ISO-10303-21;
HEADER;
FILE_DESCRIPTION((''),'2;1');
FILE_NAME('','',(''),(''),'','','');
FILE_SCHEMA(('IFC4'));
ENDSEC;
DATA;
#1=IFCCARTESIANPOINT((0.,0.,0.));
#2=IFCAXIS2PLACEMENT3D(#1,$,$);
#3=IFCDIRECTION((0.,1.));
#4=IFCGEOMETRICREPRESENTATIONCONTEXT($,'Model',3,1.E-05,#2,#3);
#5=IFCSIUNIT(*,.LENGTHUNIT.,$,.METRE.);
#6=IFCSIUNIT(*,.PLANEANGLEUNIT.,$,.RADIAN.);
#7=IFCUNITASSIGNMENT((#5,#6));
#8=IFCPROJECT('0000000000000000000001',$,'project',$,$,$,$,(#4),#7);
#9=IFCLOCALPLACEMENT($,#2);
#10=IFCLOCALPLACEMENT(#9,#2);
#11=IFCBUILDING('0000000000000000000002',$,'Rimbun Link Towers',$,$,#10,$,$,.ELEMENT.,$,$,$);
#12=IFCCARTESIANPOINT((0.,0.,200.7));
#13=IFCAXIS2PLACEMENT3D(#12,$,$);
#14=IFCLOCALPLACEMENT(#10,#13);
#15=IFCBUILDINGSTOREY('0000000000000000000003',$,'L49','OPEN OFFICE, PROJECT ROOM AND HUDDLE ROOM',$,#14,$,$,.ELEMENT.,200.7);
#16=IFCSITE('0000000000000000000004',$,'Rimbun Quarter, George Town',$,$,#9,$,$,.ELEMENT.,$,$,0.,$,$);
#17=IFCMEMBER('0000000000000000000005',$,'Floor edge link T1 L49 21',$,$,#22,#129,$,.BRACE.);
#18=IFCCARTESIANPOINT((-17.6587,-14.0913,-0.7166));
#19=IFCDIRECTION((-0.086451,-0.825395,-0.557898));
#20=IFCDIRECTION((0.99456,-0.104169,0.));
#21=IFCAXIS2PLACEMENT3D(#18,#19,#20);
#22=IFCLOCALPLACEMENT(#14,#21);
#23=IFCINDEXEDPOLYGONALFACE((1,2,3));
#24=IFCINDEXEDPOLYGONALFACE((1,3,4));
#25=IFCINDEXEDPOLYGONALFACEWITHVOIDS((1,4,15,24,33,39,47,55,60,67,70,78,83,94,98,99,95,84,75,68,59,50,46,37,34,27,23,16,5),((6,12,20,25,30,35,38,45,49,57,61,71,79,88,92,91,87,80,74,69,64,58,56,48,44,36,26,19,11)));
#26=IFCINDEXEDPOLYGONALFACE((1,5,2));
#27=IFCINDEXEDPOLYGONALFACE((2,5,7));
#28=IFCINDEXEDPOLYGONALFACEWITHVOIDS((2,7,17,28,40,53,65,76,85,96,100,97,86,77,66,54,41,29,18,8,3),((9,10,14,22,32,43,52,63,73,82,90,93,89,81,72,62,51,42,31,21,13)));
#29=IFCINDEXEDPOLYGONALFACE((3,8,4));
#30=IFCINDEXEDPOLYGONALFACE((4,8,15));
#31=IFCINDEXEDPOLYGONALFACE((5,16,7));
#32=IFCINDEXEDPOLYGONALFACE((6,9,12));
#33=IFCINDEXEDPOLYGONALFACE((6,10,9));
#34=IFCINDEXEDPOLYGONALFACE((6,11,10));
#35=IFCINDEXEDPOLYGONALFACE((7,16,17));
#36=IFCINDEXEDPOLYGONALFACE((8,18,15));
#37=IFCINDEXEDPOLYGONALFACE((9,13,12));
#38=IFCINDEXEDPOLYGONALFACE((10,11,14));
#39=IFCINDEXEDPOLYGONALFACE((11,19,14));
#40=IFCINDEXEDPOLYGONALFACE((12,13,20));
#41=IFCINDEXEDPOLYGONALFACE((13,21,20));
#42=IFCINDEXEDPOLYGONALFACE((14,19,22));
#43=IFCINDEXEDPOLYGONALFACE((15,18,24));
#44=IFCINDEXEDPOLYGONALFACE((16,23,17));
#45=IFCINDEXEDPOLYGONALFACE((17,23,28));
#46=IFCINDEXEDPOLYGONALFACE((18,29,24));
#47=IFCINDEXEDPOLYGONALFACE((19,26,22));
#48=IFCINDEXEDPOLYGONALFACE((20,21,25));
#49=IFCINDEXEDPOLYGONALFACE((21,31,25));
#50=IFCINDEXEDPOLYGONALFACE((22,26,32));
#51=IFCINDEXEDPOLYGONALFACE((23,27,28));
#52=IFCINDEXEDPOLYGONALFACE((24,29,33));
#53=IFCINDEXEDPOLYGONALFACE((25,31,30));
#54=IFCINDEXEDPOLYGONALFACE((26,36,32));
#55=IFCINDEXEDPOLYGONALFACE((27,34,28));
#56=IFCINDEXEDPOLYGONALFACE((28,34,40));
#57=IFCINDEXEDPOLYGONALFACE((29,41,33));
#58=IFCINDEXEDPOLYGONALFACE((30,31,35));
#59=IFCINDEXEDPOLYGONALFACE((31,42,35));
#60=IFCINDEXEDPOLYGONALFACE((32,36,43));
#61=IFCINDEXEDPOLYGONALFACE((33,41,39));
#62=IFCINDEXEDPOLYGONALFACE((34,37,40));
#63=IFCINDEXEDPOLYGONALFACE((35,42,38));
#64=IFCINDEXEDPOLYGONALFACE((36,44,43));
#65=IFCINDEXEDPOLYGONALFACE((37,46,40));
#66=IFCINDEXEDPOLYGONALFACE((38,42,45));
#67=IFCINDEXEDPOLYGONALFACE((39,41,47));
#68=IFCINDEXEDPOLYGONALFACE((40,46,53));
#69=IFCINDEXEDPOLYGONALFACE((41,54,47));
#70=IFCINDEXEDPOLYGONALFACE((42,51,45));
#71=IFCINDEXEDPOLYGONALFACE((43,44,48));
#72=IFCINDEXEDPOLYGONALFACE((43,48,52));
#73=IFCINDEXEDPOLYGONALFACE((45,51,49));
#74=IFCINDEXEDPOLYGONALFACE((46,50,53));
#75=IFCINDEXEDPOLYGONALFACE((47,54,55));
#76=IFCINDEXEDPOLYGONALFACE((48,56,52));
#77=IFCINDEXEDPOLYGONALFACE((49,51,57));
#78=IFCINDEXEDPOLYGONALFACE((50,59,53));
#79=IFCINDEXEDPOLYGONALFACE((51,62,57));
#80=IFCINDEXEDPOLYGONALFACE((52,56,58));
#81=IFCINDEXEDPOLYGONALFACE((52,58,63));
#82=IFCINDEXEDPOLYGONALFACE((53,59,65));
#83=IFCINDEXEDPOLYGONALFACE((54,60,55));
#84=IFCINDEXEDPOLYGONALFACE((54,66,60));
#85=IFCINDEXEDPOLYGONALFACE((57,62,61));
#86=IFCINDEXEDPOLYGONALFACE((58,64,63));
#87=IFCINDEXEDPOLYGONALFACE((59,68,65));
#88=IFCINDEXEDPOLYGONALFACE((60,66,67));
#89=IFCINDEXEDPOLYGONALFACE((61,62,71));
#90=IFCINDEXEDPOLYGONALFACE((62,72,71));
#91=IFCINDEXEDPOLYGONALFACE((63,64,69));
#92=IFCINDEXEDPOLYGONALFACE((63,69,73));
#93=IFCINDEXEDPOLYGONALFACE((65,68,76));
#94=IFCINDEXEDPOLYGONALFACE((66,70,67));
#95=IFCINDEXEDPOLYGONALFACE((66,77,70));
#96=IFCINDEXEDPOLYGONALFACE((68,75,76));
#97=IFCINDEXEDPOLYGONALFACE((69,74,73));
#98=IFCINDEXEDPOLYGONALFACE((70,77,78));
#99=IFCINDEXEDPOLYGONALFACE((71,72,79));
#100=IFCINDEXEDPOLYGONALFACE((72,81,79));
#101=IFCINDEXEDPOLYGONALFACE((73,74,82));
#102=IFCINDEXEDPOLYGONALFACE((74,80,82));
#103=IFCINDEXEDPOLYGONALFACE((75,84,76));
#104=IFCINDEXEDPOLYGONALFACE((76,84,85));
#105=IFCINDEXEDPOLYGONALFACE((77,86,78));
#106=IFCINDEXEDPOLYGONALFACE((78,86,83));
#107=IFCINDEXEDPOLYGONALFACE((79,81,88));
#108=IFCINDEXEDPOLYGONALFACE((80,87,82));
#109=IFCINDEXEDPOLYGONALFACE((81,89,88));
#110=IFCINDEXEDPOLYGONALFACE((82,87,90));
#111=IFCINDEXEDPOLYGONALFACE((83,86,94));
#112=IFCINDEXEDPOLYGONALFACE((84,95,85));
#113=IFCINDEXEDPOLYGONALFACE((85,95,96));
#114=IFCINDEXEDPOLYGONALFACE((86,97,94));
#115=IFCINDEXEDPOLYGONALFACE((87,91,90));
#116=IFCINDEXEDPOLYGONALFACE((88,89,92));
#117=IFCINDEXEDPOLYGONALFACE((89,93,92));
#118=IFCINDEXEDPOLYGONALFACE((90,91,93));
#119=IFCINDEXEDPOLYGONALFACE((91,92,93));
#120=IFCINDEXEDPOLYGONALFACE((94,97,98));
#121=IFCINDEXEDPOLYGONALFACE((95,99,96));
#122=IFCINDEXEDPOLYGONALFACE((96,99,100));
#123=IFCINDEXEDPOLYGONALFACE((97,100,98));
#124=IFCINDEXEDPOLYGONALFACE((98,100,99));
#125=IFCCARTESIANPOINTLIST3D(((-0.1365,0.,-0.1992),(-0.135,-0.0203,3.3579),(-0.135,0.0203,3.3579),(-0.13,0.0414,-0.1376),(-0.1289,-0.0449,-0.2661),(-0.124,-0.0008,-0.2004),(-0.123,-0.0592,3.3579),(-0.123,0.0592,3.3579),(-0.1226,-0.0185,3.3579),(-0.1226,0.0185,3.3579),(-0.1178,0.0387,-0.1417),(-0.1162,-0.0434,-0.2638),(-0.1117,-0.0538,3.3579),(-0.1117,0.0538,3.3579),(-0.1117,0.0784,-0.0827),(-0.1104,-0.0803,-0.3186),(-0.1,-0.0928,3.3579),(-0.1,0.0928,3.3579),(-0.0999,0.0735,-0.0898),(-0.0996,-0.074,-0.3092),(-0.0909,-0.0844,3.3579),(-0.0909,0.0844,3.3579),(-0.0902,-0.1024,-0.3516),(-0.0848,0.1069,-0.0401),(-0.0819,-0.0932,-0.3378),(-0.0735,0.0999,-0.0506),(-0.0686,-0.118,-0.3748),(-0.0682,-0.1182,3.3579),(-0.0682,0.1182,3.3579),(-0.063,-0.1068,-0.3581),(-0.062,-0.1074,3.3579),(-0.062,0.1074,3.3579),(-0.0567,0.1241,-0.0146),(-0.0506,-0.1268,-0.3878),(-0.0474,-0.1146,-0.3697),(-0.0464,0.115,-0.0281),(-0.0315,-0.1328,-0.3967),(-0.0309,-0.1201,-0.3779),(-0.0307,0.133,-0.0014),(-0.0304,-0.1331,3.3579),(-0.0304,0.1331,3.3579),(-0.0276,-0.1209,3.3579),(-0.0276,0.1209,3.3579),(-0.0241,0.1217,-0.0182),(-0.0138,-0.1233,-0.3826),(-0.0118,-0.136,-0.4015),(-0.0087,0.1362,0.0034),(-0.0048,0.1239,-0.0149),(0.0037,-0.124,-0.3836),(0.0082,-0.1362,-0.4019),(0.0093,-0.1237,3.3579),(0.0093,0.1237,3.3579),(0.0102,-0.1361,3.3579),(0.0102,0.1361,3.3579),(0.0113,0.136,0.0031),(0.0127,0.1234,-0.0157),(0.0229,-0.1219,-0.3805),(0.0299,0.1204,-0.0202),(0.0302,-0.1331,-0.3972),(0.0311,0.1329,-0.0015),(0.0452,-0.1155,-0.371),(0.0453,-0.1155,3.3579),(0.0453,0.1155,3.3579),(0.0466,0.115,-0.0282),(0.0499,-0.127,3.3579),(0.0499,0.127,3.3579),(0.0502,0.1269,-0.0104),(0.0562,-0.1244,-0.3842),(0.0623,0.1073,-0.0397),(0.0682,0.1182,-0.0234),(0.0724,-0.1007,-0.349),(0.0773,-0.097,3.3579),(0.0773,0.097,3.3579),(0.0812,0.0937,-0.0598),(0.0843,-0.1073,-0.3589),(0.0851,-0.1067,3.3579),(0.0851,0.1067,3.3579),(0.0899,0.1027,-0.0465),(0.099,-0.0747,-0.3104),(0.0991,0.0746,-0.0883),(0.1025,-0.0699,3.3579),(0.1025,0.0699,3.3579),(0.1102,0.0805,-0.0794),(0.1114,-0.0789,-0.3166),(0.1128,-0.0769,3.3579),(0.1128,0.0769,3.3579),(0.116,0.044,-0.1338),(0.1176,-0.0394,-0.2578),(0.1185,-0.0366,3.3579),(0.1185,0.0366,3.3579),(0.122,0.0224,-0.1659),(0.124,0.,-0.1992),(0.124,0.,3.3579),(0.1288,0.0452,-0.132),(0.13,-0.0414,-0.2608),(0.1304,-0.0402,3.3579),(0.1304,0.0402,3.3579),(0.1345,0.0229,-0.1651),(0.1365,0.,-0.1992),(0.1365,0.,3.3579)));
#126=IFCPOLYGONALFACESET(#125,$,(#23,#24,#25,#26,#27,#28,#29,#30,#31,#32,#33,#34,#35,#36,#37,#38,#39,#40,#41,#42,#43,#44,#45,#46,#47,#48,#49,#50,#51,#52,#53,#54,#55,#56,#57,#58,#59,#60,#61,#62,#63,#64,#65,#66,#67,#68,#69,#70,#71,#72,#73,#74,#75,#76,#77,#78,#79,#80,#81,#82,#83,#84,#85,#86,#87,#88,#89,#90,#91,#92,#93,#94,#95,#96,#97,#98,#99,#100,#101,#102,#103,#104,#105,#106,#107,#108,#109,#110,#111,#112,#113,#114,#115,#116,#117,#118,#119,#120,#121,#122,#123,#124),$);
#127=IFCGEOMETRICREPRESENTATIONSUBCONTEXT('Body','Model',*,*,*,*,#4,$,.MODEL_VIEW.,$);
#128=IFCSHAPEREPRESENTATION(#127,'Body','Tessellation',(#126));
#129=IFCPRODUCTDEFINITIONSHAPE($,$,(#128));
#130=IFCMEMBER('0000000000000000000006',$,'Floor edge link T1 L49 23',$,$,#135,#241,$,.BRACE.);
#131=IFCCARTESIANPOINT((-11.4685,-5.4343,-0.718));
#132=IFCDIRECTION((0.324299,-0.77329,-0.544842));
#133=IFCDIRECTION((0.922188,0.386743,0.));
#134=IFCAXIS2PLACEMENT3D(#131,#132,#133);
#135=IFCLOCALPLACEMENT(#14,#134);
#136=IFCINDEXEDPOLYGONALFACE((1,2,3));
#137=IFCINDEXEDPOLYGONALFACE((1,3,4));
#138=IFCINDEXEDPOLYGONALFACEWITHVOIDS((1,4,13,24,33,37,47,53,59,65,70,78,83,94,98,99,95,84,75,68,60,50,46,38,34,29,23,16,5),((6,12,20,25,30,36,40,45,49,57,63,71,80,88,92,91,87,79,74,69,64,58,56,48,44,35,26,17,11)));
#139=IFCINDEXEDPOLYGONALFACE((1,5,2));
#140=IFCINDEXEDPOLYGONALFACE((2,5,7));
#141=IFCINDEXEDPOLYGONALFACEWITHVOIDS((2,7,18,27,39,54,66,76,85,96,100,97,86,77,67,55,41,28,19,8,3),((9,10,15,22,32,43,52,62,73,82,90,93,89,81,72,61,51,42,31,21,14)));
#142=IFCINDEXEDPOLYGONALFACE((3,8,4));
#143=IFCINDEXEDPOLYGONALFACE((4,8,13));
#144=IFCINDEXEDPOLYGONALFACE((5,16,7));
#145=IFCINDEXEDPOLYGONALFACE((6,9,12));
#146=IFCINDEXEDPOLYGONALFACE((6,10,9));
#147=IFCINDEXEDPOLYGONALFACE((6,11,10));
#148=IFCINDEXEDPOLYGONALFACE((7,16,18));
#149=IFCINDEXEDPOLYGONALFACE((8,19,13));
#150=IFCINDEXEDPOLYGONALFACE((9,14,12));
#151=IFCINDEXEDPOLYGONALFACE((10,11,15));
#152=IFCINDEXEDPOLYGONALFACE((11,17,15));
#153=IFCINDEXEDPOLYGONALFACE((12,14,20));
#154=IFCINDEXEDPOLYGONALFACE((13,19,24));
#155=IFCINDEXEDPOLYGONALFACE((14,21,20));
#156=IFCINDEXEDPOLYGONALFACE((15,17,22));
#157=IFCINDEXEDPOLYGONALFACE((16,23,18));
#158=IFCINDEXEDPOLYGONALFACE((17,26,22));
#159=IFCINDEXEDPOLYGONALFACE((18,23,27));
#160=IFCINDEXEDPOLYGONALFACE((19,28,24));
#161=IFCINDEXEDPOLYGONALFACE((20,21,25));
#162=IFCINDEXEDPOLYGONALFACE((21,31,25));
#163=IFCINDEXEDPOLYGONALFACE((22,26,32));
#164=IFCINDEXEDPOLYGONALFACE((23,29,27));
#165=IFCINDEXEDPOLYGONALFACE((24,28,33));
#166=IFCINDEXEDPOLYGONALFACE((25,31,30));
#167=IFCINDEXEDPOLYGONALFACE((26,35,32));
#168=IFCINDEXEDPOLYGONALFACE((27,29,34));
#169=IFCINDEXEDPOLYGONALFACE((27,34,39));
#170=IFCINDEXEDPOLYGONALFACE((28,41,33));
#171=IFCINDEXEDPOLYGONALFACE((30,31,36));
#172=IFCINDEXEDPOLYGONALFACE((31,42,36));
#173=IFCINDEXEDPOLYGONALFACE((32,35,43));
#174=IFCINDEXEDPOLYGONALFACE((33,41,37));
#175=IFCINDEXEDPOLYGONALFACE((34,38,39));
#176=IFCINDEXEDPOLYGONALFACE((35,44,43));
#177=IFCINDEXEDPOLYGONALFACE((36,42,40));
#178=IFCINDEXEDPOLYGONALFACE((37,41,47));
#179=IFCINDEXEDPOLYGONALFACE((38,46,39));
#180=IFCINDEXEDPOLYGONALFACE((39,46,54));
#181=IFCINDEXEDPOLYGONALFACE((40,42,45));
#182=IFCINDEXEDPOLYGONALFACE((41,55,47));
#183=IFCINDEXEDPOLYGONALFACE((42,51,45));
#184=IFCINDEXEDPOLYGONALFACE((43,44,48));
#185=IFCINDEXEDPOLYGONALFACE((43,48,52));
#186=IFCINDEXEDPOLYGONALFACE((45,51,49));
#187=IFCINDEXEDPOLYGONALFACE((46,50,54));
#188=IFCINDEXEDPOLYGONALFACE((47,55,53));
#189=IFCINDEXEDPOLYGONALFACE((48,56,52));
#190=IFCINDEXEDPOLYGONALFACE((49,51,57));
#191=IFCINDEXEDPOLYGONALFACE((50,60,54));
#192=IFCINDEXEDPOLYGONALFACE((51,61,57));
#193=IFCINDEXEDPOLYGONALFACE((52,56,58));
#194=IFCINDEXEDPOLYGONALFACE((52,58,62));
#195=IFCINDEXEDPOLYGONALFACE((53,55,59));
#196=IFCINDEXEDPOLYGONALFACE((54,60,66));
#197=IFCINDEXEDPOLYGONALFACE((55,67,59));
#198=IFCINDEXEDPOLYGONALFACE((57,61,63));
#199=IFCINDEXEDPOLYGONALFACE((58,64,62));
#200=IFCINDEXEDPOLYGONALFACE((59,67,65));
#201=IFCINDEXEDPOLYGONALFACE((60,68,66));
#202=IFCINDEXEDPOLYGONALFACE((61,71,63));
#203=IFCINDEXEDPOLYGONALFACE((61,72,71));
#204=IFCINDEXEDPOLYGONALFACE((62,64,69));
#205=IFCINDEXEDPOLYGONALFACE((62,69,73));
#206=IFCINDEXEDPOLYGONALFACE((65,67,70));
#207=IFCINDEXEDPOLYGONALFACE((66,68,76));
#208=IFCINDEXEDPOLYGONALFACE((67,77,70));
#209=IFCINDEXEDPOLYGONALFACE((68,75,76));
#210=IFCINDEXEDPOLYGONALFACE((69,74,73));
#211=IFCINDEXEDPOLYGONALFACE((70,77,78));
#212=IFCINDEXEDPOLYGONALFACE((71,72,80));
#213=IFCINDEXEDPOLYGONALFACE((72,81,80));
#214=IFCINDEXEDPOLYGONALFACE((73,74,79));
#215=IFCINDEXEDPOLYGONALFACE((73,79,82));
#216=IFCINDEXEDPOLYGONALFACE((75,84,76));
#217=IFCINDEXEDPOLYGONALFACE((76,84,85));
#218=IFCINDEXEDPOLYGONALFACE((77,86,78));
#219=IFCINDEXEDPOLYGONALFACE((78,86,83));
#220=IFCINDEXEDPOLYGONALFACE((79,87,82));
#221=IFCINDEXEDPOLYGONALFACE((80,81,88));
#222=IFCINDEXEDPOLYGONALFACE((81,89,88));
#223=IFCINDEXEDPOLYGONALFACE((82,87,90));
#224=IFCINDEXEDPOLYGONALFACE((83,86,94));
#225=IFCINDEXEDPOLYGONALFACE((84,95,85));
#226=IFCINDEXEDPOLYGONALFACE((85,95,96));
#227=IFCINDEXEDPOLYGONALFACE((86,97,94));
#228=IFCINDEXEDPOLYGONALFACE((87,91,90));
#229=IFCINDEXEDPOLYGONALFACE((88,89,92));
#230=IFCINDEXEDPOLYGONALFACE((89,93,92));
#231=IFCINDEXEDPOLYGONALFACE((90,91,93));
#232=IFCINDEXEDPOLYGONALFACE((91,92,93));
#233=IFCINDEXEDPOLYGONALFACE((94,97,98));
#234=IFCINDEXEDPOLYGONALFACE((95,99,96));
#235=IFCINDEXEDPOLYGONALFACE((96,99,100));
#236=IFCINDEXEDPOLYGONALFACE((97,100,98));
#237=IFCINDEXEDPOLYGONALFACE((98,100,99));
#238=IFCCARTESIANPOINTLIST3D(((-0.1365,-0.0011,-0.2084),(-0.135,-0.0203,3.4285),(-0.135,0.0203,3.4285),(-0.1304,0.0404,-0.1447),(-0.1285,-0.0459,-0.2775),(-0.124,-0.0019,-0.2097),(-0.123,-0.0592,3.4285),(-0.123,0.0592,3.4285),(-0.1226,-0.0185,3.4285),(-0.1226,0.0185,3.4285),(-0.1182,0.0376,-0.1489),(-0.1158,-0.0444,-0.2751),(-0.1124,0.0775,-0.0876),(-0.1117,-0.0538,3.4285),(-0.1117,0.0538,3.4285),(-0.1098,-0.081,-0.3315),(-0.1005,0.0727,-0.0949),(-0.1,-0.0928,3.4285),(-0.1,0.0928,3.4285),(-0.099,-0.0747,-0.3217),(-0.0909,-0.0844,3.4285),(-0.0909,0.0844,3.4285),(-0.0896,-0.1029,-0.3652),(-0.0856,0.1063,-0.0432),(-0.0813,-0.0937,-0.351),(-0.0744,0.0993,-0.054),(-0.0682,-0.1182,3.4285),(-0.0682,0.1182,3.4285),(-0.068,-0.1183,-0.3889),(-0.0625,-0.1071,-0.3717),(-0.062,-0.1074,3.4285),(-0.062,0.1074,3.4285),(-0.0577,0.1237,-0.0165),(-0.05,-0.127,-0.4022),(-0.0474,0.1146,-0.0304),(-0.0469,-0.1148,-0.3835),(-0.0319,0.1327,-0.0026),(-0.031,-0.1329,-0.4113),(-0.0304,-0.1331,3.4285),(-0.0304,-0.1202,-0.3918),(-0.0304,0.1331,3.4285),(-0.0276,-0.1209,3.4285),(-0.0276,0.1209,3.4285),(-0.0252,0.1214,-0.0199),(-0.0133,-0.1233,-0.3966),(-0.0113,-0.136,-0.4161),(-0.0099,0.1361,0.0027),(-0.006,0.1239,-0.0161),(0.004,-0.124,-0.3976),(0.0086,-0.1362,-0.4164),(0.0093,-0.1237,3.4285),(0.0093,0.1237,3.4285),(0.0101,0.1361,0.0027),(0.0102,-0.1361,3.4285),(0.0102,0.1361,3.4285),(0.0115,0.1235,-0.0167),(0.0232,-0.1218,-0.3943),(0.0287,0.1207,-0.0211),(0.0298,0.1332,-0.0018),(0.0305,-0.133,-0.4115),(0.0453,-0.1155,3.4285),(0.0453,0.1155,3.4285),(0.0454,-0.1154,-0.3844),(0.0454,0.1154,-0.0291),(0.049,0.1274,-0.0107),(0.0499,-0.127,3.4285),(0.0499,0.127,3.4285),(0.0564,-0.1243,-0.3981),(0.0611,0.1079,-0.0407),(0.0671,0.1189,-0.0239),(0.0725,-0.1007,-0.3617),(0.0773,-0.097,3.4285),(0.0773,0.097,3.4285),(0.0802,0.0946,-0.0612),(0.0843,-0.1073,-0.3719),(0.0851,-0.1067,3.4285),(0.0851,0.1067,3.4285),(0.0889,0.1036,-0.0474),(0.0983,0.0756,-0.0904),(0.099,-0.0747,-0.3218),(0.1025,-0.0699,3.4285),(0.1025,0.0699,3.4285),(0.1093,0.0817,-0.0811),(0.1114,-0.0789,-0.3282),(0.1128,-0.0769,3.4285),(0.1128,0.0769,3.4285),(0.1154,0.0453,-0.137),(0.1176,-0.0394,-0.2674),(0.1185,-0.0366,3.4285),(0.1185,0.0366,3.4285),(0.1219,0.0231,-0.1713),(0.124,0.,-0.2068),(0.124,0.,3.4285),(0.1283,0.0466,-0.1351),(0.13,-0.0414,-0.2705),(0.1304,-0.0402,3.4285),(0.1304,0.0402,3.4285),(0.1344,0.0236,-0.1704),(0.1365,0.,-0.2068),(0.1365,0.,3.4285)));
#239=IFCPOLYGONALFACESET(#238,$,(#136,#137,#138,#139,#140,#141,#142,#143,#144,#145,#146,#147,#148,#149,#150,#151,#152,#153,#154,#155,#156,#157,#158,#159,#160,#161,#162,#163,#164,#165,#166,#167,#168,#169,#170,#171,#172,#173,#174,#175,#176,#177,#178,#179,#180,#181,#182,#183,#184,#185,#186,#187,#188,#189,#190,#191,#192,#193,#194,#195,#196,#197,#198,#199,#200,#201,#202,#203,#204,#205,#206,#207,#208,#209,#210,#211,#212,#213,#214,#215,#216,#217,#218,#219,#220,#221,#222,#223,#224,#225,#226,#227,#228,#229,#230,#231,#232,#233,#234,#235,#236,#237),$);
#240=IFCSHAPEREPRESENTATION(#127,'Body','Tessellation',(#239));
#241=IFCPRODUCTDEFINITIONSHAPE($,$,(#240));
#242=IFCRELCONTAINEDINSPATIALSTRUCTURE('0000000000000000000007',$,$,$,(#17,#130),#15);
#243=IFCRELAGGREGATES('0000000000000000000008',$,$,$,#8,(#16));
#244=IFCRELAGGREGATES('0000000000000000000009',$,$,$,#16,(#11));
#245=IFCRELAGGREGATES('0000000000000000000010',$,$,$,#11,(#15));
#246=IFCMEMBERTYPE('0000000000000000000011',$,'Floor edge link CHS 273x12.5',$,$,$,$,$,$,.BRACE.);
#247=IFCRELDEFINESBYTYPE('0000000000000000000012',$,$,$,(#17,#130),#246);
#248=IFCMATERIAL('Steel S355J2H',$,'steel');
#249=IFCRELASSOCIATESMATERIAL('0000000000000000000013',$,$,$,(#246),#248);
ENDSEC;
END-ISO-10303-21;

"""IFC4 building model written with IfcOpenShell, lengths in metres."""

from ifc_helpers import new_model, si_unit, direction, frame, origin, origin_2d, place, context, subcontext, project, spatial, hollow_circle, extrude, clip, halfspace, material, material_profile, profile_set, type_object, element, save


model = new_model("IFC4")

# Units and contexts
model_context = context("Model", 3, precision=1e-05, world=origin(), true_north=direction((0.0, 1.0)))
body_context = subcontext(model_context, "Body", "Model", "MODEL_VIEW")
ifc_project = project(units=[si_unit("LENGTHUNIT", "METRE"), si_unit("PLANEANGLEUNIT", "RADIAN")], contexts=[model_context])

# Site, building, storey
site_placement = place(None, origin())
site = spatial("IfcSite", under=ifc_project, at=site_placement, Name="Rimbun Quarter, George Town", CompositionType="ELEMENT", RefElevation=0.0)
building_placement = place(site_placement, origin())
building = spatial("IfcBuilding", under=site, at=building_placement, Name="Rimbun Link Towers", CompositionType="ELEMENT")
storey_placement = place(building_placement, frame((0.0, 0.0, 200.7)))
storey = spatial("IfcBuildingStorey", under=building, at=storey_placement, Name="L49", Description="OPEN OFFICE, PROJECT ROOM AND HUDDLE ROOM", CompositionType="ELEMENT", Elevation=200.7)

# Members
ifc_material_1 = material(Name="Steel S355J2H", Category="steel")
ifc_material_profile_1 = material_profile(ifc_material_1, hollow_circle(Radius=0.1365, WallThickness=0.0125, at=origin_2d()), Name="CHS 273x12.5")
ifc_profile_set_1 = profile_set([ifc_material_profile_1], Name="Steel S355J2H")
member_type_1 = type_object("IfcMemberType", Name="Floor edge link CHS 273x12.5", PredefinedType="BRACE", material=ifc_profile_set_1)
member_1_placement = place(storey_placement, frame((-17.6587, -14.0913, -0.7166), z_axis=(-0.086451, -0.825395, -0.557898), x_axis=(0.99456, -0.104169, 0.0)))
element("IfcMember", 1, at=member_1_placement, inside=storey, type_object=member_type_1, Name="Floor edge link T1 L49 21", PredefinedType="BRACE", context=body_context, shape_type="Clipping", body=[
    clip(extrude(hollow_circle(Radius=0.1365, WallThickness=0.0125, at=origin_2d()), frame((0.0, 0.0, -0.4241)), (0.0, 0.0, 1.0), 3.782), halfspace(frame((0.0, 0.0, -0.1992), z_axis=(0.0, 0.82991, -0.557898)), False)),
])
member_2_placement = place(storey_placement, frame((-11.4685, -5.4343, -0.718), z_axis=(0.324299, -0.77329, -0.544842), x_axis=(0.922188, 0.386743, 0.0)))
element("IfcMember", 2, at=member_2_placement, inside=storey, type_object=member_type_1, Name="Floor edge link T1 L49 23", PredefinedType="BRACE", context=body_context, shape_type="Clipping", body=[
    clip(extrude(hollow_circle(Radius=0.1365, WallThickness=0.0125, at=origin_2d()), frame((0.0, 0.0, -0.4385)), (0.0, 0.0, 1.0), 3.8669), halfspace(frame((0.0, 0.0, -0.2068), z_axis=(0.0, 0.838539, -0.544842)), False)),
])

save(model, "model.ifc")
